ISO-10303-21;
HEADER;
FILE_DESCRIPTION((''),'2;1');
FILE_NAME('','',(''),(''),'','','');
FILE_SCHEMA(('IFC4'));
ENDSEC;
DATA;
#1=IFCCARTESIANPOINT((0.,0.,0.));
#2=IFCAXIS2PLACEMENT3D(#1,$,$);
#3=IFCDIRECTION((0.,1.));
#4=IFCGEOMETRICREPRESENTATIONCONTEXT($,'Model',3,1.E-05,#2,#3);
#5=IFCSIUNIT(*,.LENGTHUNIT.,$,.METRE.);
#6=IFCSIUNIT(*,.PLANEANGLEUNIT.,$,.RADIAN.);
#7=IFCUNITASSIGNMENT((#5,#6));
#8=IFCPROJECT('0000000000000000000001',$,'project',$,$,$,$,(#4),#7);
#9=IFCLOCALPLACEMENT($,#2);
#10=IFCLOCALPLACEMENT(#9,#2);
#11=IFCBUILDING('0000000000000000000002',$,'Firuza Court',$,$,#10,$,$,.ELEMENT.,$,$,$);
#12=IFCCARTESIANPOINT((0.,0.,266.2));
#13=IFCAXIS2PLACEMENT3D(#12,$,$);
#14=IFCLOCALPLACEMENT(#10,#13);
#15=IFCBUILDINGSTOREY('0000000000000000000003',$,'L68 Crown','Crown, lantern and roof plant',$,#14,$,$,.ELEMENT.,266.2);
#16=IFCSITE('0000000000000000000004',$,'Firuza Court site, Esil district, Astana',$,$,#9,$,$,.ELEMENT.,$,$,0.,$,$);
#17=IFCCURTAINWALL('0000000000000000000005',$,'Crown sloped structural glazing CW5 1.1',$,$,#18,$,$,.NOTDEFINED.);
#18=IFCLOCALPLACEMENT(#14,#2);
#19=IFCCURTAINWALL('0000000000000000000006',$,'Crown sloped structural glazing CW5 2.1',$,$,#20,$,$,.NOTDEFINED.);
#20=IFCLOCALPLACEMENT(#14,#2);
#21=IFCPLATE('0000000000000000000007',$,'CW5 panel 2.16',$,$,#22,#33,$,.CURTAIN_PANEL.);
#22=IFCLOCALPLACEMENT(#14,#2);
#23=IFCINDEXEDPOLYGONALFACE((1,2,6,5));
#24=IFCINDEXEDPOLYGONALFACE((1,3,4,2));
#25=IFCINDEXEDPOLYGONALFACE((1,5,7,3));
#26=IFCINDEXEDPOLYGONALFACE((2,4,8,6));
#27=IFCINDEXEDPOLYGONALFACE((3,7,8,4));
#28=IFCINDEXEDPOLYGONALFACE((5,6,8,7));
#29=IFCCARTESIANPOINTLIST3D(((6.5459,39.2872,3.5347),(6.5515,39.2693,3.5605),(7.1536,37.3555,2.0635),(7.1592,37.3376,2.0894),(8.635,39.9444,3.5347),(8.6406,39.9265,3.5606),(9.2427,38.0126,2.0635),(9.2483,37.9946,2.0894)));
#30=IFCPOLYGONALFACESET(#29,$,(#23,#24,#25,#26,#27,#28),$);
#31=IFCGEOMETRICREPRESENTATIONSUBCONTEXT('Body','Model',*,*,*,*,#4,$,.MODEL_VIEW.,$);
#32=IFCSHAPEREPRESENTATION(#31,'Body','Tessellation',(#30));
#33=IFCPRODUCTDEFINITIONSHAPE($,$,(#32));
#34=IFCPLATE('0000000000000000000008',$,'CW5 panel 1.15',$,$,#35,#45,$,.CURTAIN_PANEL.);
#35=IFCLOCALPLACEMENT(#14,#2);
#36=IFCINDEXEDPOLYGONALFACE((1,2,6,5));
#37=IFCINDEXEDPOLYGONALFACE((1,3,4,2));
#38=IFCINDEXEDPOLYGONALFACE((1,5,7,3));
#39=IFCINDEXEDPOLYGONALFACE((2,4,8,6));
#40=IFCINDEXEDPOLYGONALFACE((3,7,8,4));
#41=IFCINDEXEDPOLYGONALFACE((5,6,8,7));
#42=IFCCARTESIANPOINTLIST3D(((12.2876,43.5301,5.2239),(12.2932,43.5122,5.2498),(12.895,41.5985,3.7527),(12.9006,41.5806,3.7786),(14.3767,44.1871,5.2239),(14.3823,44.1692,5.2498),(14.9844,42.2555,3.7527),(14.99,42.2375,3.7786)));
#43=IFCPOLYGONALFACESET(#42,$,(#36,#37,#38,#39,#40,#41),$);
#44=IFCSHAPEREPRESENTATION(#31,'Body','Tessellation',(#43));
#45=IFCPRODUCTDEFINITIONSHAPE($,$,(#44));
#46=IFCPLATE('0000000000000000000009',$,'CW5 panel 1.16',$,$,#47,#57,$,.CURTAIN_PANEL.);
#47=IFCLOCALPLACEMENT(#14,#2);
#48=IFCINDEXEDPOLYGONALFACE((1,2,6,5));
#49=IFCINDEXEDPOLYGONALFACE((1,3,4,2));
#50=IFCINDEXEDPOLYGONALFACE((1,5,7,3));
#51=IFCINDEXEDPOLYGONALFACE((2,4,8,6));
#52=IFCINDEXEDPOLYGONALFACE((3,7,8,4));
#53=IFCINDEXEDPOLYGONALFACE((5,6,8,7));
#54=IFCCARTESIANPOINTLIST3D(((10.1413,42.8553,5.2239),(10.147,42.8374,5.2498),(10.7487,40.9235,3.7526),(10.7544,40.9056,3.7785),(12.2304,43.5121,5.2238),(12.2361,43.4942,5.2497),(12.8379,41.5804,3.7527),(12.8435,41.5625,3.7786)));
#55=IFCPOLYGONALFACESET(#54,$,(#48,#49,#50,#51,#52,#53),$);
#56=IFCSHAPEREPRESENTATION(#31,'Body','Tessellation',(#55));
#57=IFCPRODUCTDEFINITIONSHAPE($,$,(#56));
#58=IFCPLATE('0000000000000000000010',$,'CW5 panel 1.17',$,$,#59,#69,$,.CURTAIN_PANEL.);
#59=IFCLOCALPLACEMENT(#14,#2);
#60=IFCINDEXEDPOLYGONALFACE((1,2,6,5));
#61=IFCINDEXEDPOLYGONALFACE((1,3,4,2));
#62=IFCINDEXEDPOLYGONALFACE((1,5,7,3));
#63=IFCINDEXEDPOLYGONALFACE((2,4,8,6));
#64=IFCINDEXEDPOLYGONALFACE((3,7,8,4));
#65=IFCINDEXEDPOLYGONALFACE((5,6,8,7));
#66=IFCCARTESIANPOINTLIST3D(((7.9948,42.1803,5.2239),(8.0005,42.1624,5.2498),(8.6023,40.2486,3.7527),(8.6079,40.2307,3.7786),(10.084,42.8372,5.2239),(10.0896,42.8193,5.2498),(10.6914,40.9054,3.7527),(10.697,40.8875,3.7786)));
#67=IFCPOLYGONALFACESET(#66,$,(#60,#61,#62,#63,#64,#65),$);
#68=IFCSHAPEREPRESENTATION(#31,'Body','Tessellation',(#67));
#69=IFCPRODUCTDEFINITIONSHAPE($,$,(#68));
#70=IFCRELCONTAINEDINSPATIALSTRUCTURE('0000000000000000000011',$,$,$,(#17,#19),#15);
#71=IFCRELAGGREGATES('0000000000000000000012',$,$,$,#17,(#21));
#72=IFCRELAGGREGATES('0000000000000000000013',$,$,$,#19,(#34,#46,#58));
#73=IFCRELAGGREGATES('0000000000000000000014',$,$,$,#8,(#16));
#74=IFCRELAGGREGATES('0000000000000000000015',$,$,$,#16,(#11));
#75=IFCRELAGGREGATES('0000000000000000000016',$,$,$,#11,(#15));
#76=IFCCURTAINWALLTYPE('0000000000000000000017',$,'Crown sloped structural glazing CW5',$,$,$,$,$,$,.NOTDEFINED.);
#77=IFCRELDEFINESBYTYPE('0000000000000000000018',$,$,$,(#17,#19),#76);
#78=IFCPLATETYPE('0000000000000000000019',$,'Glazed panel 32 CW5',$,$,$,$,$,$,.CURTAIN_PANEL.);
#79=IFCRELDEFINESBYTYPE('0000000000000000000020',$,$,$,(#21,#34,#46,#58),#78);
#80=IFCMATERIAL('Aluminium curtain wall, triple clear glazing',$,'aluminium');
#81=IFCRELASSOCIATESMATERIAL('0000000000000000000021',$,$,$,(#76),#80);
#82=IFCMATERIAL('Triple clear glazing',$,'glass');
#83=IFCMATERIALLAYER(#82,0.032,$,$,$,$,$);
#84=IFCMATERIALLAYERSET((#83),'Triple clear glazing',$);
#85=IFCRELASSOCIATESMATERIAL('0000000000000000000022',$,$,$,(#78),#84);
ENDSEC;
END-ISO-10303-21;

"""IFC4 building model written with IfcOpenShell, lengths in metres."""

from ifc_helpers import new_model, si_unit, direction, frame, origin, place, context, subcontext, project, spatial, polyline, outline, extrude, material, layer, layer_set, type_object, element, aggregate, save


model = new_model("IFC4")

# Units and contexts
model_context = context("Model", 3, precision=1e-05, world=origin(), true_north=direction((0.0, 1.0)))
body_context = subcontext(model_context, "Body", "Model", "MODEL_VIEW")
ifc_project = project(units=[si_unit("LENGTHUNIT", "METRE"), si_unit("PLANEANGLEUNIT", "RADIAN")], contexts=[model_context])

# Site, building, storey
site_placement = place(None, origin())
site = spatial("IfcSite", under=ifc_project, at=site_placement, Name="Firuza Court site, Esil district, Astana", CompositionType="ELEMENT", RefElevation=0.0)
building_placement = place(site_placement, origin())
building = spatial("IfcBuilding", under=site, at=building_placement, Name="Firuza Court", CompositionType="ELEMENT")
storey_placement = place(building_placement, frame((0.0, 0.0, 266.2)))
storey = spatial("IfcBuildingStorey", under=building, at=storey_placement, Name="L68 Crown", Description="Crown, lantern and roof plant", CompositionType="ELEMENT", Elevation=266.2)

# Curtain walls
ifc_material_1 = material(Name="Aluminium curtain wall, triple clear glazing", Category="aluminium")
curtain_wall_type = type_object("IfcCurtainWallType", Name="Crown sloped structural glazing CW5", PredefinedType="NOTDEFINED", material=ifc_material_1)
curtain_wall_1_placement = place(storey_placement, origin())
curtain_wall_1 = element("IfcCurtainWall", 1, at=curtain_wall_1_placement, inside=storey, type_object=curtain_wall_type, Name="Crown sloped structural glazing CW5 1.1", PredefinedType="NOTDEFINED")
curtain_wall_2_placement = place(storey_placement, origin())
curtain_wall_2 = element("IfcCurtainWall", 2, at=curtain_wall_2_placement, inside=storey, type_object=curtain_wall_type, Name="Crown sloped structural glazing CW5 2.1", PredefinedType="NOTDEFINED")

# Plates
ifc_material_2 = material(Name="Triple clear glazing", Category="glass")
ifc_layer = layer(ifc_material_2, 0.032)
ifc_layer_set = layer_set([ifc_layer], Name="Triple clear glazing")
plate_type = type_object("IfcPlateType", Name="Glazed panel 32 CW5", PredefinedType="CURTAIN_PANEL", material=ifc_layer_set)
plate_1_placement = place(storey_placement, frame((9.2483, 37.9946, 2.0894), z_axis=(0.176353, -0.560674, 0.809039), x_axis=(-0.953935, -0.300012, 0.000025)))
plate_1 = element("IfcPlate", 3, at=plate_1_placement, type_object=plate_type, Name="CW5 panel 2.16", PredefinedType="CURTAIN_PANEL", context=body_context, shape_type="SweptSolid", body=[
    extrude(outline(polyline([(0.0, 0.0), (2.19, 0.0), (2.1902, -2.503), (0.0001, -2.5032), (0.0, 0.0)])), origin(), (0.0, 0.0, -1.0), 0.032),
])
aggregate(curtain_wall_1, [plate_1])
plate_2_placement = place(storey_placement, frame((14.99, 42.2375, 3.7786), z_axis=(0.176323, -0.560714, 0.809018), x_axis=(-0.953949, -0.299968, 0.000008)))
plate_2 = element("IfcPlate", 4, at=plate_2_placement, type_object=plate_type, Name="CW5 panel 1.15", PredefinedType="CURTAIN_PANEL", context=body_context, shape_type="SweptSolid", body=[
    extrude(outline(polyline([(0.0, 0.0), (2.1902, 0.0), (2.1902, -2.5029), (0.0003, -2.503), (0.0, 0.0)])), origin(), (0.0, 0.0, -1.0), 0.032),
])
plate_3_placement = place(storey_placement, frame((12.8435, 41.5625, 3.7786), z_axis=(0.176298, -0.560706, 0.809029), x_axis=(-0.953946, -0.299977, -0.000025)))
plate_3 = element("IfcPlate", 5, at=plate_3_placement, type_object=plate_type, Name="CW5 panel 1.16", PredefinedType="CURTAIN_PANEL", context=body_context, shape_type="SweptSolid", body=[
    extrude(outline(polyline([(0.0, 0.0), (2.19, 0.0), (2.1899, -2.5031), (0.0, -2.5029), (0.0, 0.0)])), origin(), (0.0, 0.0, -1.0), 0.032),
])
plate_4_placement = place(storey_placement, frame((10.697, 40.8875, 3.7786), z_axis=(0.176298, -0.560706, 0.809029), x_axis=(-0.953967, -0.299911, 0.000025)))
plate_4 = element("IfcPlate", 6, at=plate_4_placement, type_object=plate_type, Name="CW5 panel 1.17", PredefinedType="CURTAIN_PANEL", context=body_context, shape_type="SweptSolid", body=[
    extrude(outline(polyline([(0.0, 0.0), (2.1899, 0.0), (2.1901, -2.5029), (0.0001, -2.5031), (0.0, 0.0)])), origin(), (0.0, 0.0, -1.0), 0.032),
])
aggregate(curtain_wall_2, [plate_2, plate_3, plate_4])

save(model, "model.ifc")
